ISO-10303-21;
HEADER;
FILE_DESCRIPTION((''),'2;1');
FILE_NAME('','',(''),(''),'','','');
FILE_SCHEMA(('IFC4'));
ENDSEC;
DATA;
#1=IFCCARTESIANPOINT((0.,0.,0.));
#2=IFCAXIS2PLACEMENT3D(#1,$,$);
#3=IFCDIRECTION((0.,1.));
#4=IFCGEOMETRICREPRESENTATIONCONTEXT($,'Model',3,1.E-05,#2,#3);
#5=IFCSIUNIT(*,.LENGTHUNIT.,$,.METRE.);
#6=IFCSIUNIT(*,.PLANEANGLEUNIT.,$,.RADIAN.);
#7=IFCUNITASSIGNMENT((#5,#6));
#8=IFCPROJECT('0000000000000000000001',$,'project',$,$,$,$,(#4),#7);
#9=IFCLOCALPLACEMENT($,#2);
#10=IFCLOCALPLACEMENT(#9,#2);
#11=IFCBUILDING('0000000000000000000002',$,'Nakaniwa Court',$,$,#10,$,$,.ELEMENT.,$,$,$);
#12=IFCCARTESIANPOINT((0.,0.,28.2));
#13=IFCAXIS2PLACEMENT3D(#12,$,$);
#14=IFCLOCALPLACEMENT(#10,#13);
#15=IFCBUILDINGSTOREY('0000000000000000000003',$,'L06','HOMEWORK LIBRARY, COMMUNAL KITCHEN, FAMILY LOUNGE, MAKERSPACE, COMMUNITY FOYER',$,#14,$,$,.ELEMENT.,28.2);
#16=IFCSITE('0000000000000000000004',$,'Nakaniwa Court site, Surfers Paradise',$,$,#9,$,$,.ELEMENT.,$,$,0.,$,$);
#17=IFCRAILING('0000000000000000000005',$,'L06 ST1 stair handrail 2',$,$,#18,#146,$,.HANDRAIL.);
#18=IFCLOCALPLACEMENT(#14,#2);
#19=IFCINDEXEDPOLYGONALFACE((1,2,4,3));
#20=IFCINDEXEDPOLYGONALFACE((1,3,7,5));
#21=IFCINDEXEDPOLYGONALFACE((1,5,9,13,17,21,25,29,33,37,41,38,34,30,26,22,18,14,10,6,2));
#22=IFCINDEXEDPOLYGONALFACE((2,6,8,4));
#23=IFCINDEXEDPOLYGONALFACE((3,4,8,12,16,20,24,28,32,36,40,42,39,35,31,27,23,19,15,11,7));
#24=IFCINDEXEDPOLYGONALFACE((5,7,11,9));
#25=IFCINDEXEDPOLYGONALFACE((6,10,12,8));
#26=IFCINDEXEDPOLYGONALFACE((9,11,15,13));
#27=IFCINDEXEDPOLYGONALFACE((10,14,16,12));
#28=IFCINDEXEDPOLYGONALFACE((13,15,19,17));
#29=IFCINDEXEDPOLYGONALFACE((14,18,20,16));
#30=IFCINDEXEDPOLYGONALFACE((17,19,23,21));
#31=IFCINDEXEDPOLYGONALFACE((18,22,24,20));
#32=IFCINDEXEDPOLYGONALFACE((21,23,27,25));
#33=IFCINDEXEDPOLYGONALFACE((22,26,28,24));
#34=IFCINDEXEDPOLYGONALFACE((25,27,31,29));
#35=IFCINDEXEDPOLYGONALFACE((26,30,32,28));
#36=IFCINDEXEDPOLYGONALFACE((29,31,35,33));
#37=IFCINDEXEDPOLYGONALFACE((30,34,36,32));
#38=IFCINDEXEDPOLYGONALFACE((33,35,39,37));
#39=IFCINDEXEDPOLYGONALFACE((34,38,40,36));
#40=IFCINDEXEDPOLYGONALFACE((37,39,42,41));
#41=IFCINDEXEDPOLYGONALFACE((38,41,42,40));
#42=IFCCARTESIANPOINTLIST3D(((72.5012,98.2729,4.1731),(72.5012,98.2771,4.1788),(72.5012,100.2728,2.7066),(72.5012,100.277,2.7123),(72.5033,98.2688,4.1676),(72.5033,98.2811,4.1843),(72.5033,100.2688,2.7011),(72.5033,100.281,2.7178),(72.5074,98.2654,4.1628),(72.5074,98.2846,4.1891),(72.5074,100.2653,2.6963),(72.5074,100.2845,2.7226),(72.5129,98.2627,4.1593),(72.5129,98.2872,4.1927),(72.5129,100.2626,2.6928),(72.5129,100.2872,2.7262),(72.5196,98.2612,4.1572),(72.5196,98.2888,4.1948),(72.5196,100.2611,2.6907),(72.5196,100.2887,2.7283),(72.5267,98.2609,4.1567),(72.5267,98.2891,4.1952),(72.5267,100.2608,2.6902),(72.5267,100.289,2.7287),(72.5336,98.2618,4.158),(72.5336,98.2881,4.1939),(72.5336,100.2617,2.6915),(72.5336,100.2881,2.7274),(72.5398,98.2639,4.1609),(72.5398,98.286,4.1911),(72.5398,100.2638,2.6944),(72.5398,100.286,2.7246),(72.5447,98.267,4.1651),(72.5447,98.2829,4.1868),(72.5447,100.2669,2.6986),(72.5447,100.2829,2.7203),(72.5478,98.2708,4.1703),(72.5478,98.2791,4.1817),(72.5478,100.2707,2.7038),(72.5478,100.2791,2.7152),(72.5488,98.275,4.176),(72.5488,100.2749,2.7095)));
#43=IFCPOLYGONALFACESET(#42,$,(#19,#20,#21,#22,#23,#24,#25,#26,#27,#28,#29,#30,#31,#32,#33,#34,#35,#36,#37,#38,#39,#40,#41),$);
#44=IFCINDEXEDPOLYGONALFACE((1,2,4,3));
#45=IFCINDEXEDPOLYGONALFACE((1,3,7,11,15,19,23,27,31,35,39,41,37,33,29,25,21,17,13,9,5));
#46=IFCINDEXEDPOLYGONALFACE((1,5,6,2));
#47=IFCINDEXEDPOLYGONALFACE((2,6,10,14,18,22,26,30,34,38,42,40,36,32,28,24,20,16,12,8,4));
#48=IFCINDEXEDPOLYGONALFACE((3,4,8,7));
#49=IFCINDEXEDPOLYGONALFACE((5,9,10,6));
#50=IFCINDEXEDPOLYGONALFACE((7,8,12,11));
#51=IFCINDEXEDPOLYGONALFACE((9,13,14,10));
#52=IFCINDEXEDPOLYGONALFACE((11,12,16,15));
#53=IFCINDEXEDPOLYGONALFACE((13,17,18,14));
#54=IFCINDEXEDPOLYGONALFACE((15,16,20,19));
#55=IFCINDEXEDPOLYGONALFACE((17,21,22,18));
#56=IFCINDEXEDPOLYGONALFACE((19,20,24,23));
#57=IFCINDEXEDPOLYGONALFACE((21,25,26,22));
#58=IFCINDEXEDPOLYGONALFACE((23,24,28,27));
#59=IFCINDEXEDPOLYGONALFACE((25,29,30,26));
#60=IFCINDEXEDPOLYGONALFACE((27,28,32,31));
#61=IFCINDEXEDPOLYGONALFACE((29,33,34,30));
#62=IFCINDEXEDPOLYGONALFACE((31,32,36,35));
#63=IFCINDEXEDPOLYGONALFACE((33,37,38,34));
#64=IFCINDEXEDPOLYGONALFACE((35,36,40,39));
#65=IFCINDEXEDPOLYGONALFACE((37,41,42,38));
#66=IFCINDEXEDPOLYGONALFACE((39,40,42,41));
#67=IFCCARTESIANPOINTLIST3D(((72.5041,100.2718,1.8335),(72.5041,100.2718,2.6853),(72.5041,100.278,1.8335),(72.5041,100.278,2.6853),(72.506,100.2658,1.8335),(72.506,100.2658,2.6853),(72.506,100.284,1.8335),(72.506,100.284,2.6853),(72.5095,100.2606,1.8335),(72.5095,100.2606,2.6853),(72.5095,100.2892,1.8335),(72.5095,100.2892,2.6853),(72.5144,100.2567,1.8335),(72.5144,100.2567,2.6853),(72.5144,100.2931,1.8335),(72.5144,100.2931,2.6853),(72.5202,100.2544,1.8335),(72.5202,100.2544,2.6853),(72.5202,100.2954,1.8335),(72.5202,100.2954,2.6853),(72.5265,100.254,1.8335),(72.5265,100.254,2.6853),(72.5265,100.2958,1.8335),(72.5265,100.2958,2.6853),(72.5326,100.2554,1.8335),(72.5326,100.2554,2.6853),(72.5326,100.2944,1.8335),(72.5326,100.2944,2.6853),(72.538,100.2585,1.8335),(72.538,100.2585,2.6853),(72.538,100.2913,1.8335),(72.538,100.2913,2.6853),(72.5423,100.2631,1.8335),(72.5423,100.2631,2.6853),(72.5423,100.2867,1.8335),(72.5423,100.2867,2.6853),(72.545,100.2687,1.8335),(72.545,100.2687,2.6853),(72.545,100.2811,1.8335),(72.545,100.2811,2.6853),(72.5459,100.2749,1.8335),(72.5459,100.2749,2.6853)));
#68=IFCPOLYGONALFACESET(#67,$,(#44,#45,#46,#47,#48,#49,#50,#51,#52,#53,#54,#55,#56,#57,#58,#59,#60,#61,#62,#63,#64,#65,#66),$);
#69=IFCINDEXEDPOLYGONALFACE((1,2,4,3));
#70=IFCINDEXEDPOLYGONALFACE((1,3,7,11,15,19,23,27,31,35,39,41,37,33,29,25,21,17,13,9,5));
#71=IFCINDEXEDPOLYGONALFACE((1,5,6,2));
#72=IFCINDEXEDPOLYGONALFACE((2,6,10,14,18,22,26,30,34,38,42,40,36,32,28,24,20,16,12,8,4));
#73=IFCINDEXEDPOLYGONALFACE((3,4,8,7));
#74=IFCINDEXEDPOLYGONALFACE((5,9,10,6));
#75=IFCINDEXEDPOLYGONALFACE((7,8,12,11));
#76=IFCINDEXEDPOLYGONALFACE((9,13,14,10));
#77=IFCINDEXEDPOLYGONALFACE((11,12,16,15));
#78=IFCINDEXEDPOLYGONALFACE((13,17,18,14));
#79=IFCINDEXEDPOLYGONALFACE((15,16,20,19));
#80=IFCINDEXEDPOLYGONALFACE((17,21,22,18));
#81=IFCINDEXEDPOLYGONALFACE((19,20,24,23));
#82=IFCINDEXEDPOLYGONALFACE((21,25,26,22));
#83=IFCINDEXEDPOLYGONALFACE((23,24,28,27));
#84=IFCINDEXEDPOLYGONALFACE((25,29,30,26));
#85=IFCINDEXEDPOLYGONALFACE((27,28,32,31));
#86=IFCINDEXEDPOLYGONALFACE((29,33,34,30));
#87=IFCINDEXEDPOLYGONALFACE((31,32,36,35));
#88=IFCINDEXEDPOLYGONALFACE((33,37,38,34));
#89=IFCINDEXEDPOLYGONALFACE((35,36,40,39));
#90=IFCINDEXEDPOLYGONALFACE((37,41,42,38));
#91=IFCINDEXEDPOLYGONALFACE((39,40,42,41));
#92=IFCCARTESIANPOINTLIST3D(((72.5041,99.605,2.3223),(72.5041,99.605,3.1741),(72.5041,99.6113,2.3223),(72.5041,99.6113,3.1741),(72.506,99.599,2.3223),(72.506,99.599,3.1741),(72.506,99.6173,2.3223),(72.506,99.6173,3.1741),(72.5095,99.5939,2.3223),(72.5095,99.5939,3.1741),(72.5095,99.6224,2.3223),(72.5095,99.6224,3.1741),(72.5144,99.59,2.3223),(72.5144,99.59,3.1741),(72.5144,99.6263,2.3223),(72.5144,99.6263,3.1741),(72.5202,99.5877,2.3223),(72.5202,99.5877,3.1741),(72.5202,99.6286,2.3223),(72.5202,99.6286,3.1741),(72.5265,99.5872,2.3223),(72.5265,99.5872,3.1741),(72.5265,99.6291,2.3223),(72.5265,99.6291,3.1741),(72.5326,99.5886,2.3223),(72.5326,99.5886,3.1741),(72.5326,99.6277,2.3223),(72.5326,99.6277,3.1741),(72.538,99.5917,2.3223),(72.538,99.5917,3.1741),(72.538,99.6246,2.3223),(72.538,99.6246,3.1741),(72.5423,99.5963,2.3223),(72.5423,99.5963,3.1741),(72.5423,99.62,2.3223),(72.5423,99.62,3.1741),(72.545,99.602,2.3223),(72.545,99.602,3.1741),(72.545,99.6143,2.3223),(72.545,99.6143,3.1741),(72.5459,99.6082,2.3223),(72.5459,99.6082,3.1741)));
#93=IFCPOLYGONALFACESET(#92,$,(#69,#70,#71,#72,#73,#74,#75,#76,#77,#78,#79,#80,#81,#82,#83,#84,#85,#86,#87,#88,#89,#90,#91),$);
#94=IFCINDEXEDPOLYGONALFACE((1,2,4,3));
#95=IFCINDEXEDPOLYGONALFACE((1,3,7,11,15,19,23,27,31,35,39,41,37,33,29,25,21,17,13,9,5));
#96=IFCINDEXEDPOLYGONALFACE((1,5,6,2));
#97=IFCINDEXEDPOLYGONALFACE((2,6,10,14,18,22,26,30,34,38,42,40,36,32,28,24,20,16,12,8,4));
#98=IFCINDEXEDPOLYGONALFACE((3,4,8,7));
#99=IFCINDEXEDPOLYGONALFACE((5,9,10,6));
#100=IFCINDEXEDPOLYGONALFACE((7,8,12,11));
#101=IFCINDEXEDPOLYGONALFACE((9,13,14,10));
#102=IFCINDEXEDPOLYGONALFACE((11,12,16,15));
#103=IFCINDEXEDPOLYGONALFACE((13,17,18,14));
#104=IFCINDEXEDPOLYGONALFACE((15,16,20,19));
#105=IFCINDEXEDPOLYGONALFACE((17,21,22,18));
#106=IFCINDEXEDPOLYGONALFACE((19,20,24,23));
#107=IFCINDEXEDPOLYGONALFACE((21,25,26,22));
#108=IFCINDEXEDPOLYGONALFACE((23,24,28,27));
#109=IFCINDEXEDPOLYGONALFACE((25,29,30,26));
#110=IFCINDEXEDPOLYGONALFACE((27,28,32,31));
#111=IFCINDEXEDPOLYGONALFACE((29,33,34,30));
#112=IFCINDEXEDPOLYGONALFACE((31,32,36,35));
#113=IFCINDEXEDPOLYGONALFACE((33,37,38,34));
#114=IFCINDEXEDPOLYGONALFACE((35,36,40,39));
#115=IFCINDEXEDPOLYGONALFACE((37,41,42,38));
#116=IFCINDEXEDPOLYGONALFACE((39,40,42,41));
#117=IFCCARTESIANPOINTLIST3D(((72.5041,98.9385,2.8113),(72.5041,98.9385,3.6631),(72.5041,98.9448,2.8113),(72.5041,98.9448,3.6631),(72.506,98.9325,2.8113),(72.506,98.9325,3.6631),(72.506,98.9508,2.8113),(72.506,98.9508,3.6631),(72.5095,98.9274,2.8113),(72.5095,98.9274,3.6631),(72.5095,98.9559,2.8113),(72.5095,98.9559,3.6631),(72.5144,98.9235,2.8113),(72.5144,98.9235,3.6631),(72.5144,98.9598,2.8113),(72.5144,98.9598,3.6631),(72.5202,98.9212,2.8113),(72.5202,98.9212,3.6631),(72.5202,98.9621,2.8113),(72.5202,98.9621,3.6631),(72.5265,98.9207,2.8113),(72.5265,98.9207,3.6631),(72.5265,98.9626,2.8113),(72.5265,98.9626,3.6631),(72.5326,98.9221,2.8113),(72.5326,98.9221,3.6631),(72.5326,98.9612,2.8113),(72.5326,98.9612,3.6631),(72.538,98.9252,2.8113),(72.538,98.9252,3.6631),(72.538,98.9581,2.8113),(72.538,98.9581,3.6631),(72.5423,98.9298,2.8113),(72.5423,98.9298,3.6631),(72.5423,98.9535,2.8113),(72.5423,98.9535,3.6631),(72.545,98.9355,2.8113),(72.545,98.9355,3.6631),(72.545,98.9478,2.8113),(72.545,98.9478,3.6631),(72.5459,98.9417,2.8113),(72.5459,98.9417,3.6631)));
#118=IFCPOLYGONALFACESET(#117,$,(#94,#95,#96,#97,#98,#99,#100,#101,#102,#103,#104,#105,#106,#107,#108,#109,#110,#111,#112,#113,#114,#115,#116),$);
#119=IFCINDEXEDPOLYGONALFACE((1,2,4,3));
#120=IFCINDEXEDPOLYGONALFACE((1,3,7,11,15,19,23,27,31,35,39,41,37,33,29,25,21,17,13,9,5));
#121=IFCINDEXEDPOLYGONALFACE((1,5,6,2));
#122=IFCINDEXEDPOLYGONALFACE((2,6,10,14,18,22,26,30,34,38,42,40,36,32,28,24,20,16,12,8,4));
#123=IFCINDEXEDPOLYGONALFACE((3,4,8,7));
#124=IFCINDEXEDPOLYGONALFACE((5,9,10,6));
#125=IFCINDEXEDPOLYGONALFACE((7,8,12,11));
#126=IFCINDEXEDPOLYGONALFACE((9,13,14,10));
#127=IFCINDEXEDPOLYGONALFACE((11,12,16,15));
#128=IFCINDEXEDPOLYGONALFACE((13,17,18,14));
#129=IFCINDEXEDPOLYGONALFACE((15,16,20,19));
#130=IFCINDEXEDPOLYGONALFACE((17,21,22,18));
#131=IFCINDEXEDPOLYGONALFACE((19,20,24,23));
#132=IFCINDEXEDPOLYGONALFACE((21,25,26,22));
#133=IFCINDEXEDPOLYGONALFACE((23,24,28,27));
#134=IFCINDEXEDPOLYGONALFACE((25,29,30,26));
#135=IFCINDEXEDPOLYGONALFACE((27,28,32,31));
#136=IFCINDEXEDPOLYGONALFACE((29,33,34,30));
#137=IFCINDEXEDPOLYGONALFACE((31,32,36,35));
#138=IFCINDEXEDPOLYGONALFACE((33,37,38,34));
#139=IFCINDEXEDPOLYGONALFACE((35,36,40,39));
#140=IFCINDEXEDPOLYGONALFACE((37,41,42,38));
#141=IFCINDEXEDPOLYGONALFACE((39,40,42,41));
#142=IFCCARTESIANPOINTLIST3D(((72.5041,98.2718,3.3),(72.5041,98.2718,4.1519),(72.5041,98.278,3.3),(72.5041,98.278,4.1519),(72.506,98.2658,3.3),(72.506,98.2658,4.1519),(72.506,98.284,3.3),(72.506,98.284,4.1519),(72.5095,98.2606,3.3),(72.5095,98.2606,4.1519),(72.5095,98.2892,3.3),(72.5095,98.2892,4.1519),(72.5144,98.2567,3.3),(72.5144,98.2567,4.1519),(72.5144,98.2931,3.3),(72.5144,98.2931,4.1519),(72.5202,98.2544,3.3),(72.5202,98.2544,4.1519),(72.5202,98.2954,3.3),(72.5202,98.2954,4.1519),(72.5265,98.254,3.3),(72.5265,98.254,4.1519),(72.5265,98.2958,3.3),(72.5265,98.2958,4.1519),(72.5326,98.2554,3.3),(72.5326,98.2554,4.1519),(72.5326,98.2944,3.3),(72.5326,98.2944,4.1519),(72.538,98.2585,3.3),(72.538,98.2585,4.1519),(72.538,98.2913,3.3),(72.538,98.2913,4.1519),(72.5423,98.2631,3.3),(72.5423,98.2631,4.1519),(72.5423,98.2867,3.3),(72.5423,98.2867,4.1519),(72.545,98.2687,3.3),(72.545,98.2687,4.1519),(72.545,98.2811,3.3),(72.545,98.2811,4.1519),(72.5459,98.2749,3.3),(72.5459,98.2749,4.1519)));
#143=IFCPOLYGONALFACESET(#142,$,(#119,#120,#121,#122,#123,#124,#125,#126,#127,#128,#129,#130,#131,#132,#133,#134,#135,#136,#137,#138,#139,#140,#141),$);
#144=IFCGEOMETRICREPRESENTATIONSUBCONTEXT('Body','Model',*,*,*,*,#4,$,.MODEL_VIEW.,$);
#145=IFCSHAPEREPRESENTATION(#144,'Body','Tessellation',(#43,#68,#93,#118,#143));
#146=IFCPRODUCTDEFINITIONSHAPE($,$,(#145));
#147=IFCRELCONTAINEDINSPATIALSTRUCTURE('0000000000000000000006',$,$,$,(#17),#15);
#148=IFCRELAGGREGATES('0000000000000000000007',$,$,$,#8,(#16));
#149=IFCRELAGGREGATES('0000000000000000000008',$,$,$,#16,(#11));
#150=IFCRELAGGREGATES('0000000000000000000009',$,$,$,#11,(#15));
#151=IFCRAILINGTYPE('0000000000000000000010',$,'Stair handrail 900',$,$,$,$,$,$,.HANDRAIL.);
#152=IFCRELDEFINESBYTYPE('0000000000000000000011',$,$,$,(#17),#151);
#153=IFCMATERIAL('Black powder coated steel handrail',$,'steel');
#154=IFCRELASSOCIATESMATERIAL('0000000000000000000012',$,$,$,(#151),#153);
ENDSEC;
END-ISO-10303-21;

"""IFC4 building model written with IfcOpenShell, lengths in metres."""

from ifc_helpers import new_model, si_unit, direction, frame, origin, origin_2d, place, context, subcontext, project, spatial, circle, extrude, material, type_object, element, save


model = new_model("IFC4")

# Units and contexts
model_context = context("Model", 3, precision=1e-05, world=origin(), true_north=direction((0.0, 1.0)))
body_context = subcontext(model_context, "Body", "Model", "MODEL_VIEW")
ifc_project = project(units=[si_unit("LENGTHUNIT", "METRE"), si_unit("PLANEANGLEUNIT", "RADIAN")], contexts=[model_context])

# Site, building, storey
site_placement = place(None, origin())
site = spatial("IfcSite", under=ifc_project, at=site_placement, Name="Nakaniwa Court site, Surfers Paradise", CompositionType="ELEMENT", RefElevation=0.0)
building_placement = place(site_placement, origin())
building = spatial("IfcBuilding", under=site, at=building_placement, Name="Nakaniwa Court", CompositionType="ELEMENT")
storey_placement = place(building_placement, frame((0.0, 0.0, 28.2)))
storey = spatial("IfcBuildingStorey", under=building, at=storey_placement, Name="L06", Description="HOMEWORK LIBRARY, COMMUNAL KITCHEN, FAMILY LOUNGE, MAKERSPACE, COMMUNITY FOYER", CompositionType="ELEMENT", Elevation=28.2)

# Railing
ifc_material_1 = material(Name="Black powder coated steel handrail", Category="steel")
railing_type_1 = type_object("IfcRailingType", Name="Stair handrail 900", PredefinedType="HANDRAIL", material=ifc_material_1)
railing_1_placement = place(storey_placement, frame((72.5249, 100.2749, 1.8335)))
element("IfcRailing", 1, at=railing_1_placement, inside=storey, type_object=railing_type_1, Name="L06 ST1 stair handrail 2", PredefinedType="HANDRAIL", context=body_context, shape_type="SweptSolid", body=[
    extrude(circle(Radius=0.0239, at=origin_2d()), frame((0.0, 0.0, 0.876), z_axis=(0.0, -0.806427, 0.591334), x_axis=(1.0, 0.0, 0.0)), (0.0, 0.0, 1.0), 2.48),
    extrude(circle(Radius=0.021, at=origin_2d()), origin(), (0.0, 0.0, 1.0), 0.8518),
    extrude(circle(Radius=0.021, at=origin_2d()), frame((0.0, -0.6667, 0.4888)), (0.0, 0.0, 1.0), 0.8518),
    extrude(circle(Radius=0.021, at=origin_2d()), frame((0.0, -1.3333, 0.9778)), (0.0, 0.0, 1.0), 0.8518),
    extrude(circle(Radius=0.021, at=origin_2d()), frame((0.0, -2.0, 1.4666)), (0.0, 0.0, 1.0), 0.8518),
])

save(model, "model.ifc")
